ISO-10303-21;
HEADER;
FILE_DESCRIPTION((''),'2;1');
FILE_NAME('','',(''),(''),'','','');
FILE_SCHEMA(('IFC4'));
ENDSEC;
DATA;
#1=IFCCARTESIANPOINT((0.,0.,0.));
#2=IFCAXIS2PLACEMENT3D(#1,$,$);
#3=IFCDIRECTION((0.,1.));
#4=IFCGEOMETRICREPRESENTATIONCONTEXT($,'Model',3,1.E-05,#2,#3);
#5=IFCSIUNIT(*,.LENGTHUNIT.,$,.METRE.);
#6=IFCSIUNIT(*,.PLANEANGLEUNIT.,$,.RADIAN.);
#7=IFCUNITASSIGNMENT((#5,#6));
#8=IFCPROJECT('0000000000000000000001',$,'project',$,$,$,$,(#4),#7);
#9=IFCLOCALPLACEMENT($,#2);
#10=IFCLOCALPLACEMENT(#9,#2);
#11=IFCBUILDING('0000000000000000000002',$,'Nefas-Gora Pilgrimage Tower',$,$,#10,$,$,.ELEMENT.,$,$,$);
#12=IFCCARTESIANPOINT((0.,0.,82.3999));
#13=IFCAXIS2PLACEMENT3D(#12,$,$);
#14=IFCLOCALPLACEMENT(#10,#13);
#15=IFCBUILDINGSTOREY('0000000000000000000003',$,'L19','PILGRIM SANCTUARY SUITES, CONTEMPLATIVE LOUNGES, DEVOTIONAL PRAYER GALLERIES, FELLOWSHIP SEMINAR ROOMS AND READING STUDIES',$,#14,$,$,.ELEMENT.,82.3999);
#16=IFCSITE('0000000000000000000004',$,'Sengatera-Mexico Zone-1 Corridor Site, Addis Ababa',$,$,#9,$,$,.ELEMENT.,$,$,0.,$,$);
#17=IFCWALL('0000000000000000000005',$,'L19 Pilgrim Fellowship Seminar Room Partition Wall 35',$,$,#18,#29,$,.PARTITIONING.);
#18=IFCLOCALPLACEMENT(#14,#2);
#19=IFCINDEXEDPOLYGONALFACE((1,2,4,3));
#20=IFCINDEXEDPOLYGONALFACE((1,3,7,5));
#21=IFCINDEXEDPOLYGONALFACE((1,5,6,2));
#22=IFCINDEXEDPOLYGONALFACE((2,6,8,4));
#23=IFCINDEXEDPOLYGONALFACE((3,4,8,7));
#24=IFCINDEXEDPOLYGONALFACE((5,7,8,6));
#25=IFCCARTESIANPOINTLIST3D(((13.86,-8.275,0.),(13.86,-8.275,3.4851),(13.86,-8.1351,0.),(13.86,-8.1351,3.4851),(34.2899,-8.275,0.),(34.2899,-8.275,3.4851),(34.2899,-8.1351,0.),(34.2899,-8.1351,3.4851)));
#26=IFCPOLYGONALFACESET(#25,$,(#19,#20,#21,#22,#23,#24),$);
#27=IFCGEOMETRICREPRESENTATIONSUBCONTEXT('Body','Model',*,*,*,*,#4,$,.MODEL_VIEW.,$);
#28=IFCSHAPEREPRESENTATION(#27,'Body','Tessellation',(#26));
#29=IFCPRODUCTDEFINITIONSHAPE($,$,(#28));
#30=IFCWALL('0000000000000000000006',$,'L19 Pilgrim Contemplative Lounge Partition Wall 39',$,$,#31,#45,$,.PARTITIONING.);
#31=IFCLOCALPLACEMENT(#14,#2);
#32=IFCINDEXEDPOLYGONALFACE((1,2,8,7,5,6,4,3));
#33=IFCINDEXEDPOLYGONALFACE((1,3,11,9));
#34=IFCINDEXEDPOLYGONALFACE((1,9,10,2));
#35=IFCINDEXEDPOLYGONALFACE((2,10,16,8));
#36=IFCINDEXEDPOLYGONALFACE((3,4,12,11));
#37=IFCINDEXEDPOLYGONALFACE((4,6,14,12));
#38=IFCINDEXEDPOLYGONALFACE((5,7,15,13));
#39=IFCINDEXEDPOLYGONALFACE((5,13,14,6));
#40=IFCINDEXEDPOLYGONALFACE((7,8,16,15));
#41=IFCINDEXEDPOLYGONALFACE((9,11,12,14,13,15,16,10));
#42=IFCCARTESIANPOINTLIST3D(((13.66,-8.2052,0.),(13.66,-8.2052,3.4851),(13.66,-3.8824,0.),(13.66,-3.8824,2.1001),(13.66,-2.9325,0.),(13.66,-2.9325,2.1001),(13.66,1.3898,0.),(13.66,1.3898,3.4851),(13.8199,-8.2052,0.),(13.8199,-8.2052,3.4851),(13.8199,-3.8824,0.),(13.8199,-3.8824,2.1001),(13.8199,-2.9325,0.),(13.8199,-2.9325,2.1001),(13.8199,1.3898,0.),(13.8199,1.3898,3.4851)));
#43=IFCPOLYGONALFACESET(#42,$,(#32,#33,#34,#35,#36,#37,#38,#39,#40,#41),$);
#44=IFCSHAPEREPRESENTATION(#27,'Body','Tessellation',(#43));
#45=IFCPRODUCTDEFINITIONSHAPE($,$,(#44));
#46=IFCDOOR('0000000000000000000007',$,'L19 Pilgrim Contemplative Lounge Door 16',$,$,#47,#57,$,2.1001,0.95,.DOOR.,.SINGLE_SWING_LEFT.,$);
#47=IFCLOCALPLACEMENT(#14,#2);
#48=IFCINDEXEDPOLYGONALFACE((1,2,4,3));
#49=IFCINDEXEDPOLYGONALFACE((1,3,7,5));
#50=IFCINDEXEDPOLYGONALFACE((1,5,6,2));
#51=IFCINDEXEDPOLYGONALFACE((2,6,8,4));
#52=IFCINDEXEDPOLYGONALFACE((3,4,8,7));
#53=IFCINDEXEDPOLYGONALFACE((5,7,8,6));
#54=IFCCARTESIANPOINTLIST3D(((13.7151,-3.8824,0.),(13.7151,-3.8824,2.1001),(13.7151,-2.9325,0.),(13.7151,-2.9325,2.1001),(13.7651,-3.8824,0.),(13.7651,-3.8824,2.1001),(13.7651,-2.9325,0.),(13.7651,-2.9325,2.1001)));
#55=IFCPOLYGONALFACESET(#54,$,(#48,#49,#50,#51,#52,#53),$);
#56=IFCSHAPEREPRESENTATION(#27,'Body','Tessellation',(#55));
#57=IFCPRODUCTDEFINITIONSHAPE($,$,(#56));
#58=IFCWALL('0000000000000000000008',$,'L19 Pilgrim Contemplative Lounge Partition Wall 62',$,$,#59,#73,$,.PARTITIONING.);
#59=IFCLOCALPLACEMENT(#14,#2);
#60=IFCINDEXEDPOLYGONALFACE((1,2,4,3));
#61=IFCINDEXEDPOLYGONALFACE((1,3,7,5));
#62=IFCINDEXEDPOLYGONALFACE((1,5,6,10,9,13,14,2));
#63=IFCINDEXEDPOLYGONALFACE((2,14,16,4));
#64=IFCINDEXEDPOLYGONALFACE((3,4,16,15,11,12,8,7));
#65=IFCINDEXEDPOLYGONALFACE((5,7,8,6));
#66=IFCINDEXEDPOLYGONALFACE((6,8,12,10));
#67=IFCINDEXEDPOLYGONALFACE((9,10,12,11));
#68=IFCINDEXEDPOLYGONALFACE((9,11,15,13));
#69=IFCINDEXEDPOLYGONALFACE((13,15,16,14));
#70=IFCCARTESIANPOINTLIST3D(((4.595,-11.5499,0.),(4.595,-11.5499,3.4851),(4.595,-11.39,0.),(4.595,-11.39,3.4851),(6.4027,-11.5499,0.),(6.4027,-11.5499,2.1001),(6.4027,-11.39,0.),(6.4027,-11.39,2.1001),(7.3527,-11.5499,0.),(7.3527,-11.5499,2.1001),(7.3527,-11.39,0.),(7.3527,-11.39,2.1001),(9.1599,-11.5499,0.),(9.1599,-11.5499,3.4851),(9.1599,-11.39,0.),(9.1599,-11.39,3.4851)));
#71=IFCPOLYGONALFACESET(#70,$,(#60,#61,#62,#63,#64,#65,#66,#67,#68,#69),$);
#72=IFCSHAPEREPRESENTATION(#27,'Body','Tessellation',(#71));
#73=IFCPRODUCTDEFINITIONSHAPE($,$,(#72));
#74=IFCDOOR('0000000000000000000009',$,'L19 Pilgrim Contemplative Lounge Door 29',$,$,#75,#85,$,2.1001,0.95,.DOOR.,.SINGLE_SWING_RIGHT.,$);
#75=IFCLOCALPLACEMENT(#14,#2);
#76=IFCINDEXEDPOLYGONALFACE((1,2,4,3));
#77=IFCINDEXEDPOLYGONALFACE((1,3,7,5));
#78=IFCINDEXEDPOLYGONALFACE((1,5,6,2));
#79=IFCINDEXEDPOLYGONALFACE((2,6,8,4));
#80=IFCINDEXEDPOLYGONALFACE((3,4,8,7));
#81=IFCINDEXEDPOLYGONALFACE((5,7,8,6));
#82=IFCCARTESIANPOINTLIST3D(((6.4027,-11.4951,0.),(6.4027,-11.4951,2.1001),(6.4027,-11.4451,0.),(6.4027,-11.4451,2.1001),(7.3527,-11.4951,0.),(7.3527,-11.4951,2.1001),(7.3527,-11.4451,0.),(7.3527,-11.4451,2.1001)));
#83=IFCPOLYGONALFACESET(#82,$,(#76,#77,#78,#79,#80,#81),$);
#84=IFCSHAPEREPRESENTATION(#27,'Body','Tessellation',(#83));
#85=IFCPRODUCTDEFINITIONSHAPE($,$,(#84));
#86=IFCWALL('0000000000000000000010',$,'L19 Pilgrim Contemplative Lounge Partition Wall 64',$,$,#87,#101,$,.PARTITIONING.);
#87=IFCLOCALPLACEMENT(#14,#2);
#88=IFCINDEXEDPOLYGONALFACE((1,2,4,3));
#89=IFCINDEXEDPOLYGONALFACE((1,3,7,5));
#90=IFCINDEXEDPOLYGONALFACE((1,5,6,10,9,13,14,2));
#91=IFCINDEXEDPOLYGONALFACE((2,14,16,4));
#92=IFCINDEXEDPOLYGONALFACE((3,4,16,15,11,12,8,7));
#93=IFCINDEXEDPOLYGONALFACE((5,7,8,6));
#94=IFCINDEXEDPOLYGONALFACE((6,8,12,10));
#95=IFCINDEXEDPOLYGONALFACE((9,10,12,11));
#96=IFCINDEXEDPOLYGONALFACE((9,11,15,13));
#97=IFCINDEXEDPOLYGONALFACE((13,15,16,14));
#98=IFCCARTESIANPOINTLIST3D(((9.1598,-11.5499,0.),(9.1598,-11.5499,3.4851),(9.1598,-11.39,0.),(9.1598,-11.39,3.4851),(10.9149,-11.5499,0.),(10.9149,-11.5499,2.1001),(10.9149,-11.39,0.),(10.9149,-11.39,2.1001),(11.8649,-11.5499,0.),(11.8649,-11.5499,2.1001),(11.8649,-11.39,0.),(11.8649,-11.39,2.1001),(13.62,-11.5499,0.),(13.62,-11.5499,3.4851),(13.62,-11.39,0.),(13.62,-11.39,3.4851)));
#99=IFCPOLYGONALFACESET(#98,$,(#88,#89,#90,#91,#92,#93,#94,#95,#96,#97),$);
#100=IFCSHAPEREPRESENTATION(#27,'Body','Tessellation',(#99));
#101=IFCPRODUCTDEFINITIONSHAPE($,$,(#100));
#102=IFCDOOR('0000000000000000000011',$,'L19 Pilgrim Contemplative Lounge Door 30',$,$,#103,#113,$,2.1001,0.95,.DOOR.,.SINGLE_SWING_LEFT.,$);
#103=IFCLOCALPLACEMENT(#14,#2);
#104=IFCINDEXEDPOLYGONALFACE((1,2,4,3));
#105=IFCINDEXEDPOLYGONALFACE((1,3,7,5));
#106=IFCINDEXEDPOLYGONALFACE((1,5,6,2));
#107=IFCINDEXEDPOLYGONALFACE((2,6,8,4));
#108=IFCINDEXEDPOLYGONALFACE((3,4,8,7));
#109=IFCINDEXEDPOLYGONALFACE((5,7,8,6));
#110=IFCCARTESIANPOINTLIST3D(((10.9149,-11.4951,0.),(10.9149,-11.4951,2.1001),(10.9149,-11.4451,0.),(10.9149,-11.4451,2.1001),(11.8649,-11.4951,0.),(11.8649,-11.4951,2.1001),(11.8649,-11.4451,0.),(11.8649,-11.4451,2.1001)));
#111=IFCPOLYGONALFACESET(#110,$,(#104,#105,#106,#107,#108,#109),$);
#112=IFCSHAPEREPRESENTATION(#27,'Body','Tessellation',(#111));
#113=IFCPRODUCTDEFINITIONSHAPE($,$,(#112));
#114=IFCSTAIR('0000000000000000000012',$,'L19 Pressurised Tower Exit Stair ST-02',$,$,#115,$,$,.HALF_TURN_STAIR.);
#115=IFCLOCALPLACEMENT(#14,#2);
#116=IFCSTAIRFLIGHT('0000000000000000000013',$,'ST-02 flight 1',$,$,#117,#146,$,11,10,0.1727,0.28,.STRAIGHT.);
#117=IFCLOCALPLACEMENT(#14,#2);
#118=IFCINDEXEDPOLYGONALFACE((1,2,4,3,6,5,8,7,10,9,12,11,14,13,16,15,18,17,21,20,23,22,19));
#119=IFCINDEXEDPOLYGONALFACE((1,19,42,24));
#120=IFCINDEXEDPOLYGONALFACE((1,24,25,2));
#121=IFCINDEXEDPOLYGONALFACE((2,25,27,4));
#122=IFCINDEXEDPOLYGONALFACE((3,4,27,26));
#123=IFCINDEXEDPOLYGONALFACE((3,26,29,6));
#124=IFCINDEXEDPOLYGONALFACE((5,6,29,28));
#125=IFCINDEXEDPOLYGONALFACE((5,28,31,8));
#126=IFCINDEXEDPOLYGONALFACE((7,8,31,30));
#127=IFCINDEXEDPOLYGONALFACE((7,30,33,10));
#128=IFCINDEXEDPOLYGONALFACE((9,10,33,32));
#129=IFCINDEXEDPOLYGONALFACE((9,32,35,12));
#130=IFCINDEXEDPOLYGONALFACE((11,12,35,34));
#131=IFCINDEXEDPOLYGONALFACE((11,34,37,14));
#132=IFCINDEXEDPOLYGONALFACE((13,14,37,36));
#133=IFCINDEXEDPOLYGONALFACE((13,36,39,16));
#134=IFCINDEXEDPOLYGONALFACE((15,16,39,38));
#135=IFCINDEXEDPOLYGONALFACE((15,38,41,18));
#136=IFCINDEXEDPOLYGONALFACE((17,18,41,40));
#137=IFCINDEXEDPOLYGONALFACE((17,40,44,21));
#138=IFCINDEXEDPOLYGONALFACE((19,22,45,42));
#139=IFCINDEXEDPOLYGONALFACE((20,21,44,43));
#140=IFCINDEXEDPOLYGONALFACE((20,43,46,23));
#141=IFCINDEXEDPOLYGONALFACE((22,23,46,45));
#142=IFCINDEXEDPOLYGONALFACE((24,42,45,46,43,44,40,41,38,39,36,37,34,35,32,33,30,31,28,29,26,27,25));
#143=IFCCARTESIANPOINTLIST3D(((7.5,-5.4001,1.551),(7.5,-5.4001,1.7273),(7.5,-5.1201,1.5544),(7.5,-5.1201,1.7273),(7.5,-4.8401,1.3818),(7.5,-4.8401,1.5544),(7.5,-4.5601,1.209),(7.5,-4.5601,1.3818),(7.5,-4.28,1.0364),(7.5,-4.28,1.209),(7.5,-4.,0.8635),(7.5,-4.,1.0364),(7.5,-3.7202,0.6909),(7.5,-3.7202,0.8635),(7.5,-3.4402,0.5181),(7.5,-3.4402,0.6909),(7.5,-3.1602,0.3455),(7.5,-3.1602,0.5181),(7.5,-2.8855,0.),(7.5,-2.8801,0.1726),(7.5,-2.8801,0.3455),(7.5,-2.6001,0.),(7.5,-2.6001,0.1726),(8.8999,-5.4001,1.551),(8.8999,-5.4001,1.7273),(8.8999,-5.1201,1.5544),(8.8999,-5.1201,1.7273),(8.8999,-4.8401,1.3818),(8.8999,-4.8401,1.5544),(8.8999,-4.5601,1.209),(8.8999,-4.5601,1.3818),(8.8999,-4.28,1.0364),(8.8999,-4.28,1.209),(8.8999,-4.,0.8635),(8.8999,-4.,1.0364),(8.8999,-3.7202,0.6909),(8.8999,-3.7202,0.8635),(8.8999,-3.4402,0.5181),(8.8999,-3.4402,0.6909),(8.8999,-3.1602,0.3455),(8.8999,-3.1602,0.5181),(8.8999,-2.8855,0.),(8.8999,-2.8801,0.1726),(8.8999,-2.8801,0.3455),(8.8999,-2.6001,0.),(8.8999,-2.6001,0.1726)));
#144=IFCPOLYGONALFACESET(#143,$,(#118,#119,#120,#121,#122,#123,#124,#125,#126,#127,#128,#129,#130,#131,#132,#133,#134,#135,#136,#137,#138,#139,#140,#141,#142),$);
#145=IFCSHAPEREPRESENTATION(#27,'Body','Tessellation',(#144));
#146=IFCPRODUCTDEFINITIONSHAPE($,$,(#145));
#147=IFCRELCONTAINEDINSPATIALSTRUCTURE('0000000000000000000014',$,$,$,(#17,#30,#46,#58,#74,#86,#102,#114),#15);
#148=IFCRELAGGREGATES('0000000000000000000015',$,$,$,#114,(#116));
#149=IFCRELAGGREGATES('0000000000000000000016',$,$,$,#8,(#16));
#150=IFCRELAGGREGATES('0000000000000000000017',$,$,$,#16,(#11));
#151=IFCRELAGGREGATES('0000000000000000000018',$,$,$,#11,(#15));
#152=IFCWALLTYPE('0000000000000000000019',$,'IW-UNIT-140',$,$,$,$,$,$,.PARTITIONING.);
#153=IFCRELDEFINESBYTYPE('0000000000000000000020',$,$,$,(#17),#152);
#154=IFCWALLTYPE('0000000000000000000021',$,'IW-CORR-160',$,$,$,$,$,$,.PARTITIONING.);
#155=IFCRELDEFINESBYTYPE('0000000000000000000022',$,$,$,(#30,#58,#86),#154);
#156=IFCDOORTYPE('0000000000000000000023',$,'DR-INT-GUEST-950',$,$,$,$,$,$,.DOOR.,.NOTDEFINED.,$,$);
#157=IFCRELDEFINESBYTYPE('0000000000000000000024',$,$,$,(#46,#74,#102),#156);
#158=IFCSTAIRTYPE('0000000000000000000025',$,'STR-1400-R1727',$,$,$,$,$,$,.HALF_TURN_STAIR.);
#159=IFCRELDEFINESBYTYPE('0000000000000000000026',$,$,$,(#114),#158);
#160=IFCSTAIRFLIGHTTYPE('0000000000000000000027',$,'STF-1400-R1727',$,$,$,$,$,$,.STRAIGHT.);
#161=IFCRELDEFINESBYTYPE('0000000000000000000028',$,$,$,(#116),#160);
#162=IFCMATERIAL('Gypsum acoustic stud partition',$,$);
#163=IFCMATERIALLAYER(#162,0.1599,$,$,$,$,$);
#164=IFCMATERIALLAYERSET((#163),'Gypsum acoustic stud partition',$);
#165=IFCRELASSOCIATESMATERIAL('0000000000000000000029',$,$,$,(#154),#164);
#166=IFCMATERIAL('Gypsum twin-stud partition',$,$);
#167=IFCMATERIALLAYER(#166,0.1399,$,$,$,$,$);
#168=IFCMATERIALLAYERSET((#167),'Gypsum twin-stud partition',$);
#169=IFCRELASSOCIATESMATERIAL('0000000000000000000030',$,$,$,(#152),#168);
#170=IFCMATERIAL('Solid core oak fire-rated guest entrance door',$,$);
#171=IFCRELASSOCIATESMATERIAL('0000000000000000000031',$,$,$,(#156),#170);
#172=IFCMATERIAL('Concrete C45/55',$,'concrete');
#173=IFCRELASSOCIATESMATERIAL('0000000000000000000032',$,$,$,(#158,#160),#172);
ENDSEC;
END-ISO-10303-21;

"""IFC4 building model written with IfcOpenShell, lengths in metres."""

from ifc_helpers import new_model, si_unit, direction, frame, frame_2d, origin, place, context, subcontext, project, spatial, polyline, rectangle, outline, extrude, source, transform, mapped, material, layer, layer_set, type_object, element, fill, aggregate, save


model = new_model("IFC4")

# Units and contexts
model_context = context("Model", 3, precision=1e-05, world=origin(), true_north=direction((0.0, 1.0)))
body_context = subcontext(model_context, "Body", "Model", "MODEL_VIEW")
ifc_project = project(units=[si_unit("LENGTHUNIT", "METRE"), si_unit("PLANEANGLEUNIT", "RADIAN")], contexts=[model_context])

# Site, building, storey
site_placement = place(None, origin())
site = spatial("IfcSite", under=ifc_project, at=site_placement, Name="Sengatera-Mexico Zone-1 Corridor Site, Addis Ababa", CompositionType="ELEMENT", RefElevation=0.0)
building_placement = place(site_placement, origin())
building = spatial("IfcBuilding", under=site, at=building_placement, Name="Nefas-Gora Pilgrimage Tower", CompositionType="ELEMENT")
storey_placement = place(building_placement, frame((0.0, 0.0, 82.3999)))
storey = spatial("IfcBuildingStorey", under=building, at=storey_placement, Name="L19", Description="PILGRIM SANCTUARY SUITES, CONTEMPLATIVE LOUNGES, DEVOTIONAL PRAYER GALLERIES, FELLOWSHIP SEMINAR ROOMS AND READING STUDIES", CompositionType="ELEMENT", Elevation=82.3999)

# Shared definitions
ifc_material_1 = material(Name="Concrete C45/55", Category="concrete")

# Shared definitions
ifc_material_2 = material(Name="Gypsum acoustic stud partition")
ifc_layer_1 = layer(ifc_material_2, 0.1599)
ifc_layer_set_1 = layer_set([ifc_layer_1], Name="Gypsum acoustic stud partition")
wall_type_1 = type_object("IfcWallType", Name="IW-CORR-160", PredefinedType="PARTITIONING", material=ifc_layer_set_1)
ifc_material_3 = material(Name="Gypsum twin-stud partition")
ifc_layer_2 = layer(ifc_material_3, 0.1399)
ifc_layer_set_2 = layer_set([ifc_layer_2], Name="Gypsum twin-stud partition")
wall_type_2 = type_object("IfcWallType", Name="IW-UNIT-140", PredefinedType="PARTITIONING", material=ifc_layer_set_2)

# Wall
shared_shape_1 = source(origin(), body_context, "Body", "SweptSolid", [
    extrude(rectangle(XDim=20.4299, YDim=0.1399, at=frame_2d((10.2148, 0.0))), origin(), (0.0, 0.0, 1.0), 3.4851),
])
wall_1_placement = place(storey_placement, frame((13.8601, -8.2051, 0.0), z_axis=(0.0, 0.0, 1.0), x_axis=(1.0, 0.0, 0.0)))
element("IfcWall", 1, at=wall_1_placement, inside=storey, type_object=wall_type_2, Name="L19 Pilgrim Fellowship Seminar Room Partition Wall 35", PredefinedType="PARTITIONING", context=body_context, shape_type="MappedRepresentation", body=[
    mapped(shared_shape_1, transform((0.0, 0.0, 0.0), x_axis=(1.0, 0.0, 0.0), y_axis=(0.0, 1.0, 0.0), z_axis=(0.0, 0.0, 1.0), scale=1.0)),
])

# Walls, openings, doors
shared_shape_2 = source(origin(), body_context, "Body", "SweptSolid", [
    extrude(rectangle(XDim=9.595, YDim=0.1599, at=frame_2d((4.7974, 0.0))), origin(), (0.0, 0.0, 1.0), 3.4851),
])
wall_2_placement = place(storey_placement, frame((13.74, -8.2051, 0.0), z_axis=(0.0, 0.0, 1.0), x_axis=(0.0, 1.0, 0.0)))
wall_2 = element("IfcWall", 2, at=wall_2_placement, inside=storey, type_object=wall_type_1, Name="L19 Pilgrim Contemplative Lounge Partition Wall 39", PredefinedType="PARTITIONING", context=body_context, shape_type="MappedRepresentation", body=[
    mapped(shared_shape_2, transform((0.0, 0.0, 0.0), x_axis=(1.0, 0.0, 0.0), y_axis=(0.0, 1.0, 0.0), z_axis=(0.0, 0.0, 1.0), scale=1.0)),
])
opening_1_placement = place(wall_2_placement, frame((4.3225, 0.0, 0.0)))
opening_1 = element("IfcOpeningElement", 3, at=opening_1_placement, cuts=wall_2, PredefinedType="OPENING", context=body_context, shape_type="SweptSolid", body=[
    extrude(rectangle(XDim=0.95, YDim=2.1001, at=frame_2d((0.4751, 1.05))), frame((0.0, 0.0898, 0.0), z_axis=(0.0, -1.0, 0.0), x_axis=(1.0, 0.0, 0.0)), (0.0, 0.0, 1.0), 0.1799),
])
ifc_material_4 = material(Name="Solid core oak fire-rated guest entrance door")
door_type_1 = type_object("IfcDoorType", Name="DR-INT-GUEST-950", OperationType="NOTDEFINED", PredefinedType="DOOR", material=ifc_material_4)
shared_shape_3 = source(origin(), body_context, "Body", "SweptSolid", [
    extrude(rectangle(XDim=0.95, YDim=2.1001, at=frame_2d((0.4751, 1.05))), frame((0.0, 0.0249, 0.0), z_axis=(0.0, -1.0, 0.0), x_axis=(1.0, 0.0, 0.0)), (0.0, 0.0, 1.0), 0.05),
])
door_1_placement = place(opening_1_placement, origin())
door_1 = element("IfcDoor", 4, at=door_1_placement, inside=storey, type_object=door_type_1, Name="L19 Pilgrim Contemplative Lounge Door 16", OperationType="SINGLE_SWING_LEFT", OverallHeight=2.1001, OverallWidth=0.95, PredefinedType="DOOR", context=body_context, shape_type="MappedRepresentation", body=[
    mapped(shared_shape_3, transform((0.0, 0.0, 0.0), x_axis=(1.0, 0.0, 0.0), y_axis=(0.0, 1.0, 0.0), z_axis=(0.0, 0.0, 1.0), scale=1.0)),
])
fill(opening_1, door_1)
shared_shape_4 = source(origin(), body_context, "Body", "SweptSolid", [
    extrude(rectangle(XDim=4.5649, YDim=0.1599, at=frame_2d((2.2825, 0.0))), origin(), (0.0, 0.0, 1.0), 3.4851),
])
wall_3_placement = place(storey_placement, frame((4.595, -11.47, 0.0), z_axis=(0.0, 0.0, 1.0), x_axis=(1.0, 0.0, 0.0)))
wall_3 = element("IfcWall", 5, at=wall_3_placement, inside=storey, type_object=wall_type_1, Name="L19 Pilgrim Contemplative Lounge Partition Wall 62", PredefinedType="PARTITIONING", context=body_context, shape_type="MappedRepresentation", body=[
    mapped(shared_shape_4, transform((0.0, 0.0, 0.0), x_axis=(1.0, 0.0, 0.0), y_axis=(0.0, 1.0, 0.0), z_axis=(0.0, 0.0, 1.0), scale=1.0)),
])
opening_2_placement = place(wall_3_placement, frame((1.8076, 0.0, 0.0)))
opening_2 = element("IfcOpeningElement", 6, at=opening_2_placement, cuts=wall_3, PredefinedType="OPENING", context=body_context, shape_type="SweptSolid", body=[
    extrude(rectangle(XDim=0.95, YDim=2.1001, at=frame_2d((0.4751, 1.05))), frame((0.0, 0.0898, 0.0), z_axis=(0.0, -1.0, 0.0), x_axis=(1.0, 0.0, 0.0)), (0.0, 0.0, 1.0), 0.1799),
])
door_2_placement = place(opening_2_placement, origin())
door_2 = element("IfcDoor", 7, at=door_2_placement, inside=storey, type_object=door_type_1, Name="L19 Pilgrim Contemplative Lounge Door 29", OperationType="SINGLE_SWING_RIGHT", OverallHeight=2.1001, OverallWidth=0.95, PredefinedType="DOOR", context=body_context, shape_type="MappedRepresentation", body=[
    mapped(shared_shape_3, transform((0.0, 0.0, 0.0), x_axis=(1.0, 0.0, 0.0), y_axis=(0.0, 1.0, 0.0), z_axis=(0.0, 0.0, 1.0), scale=1.0)),
])
fill(opening_2, door_2)
shared_shape_5 = source(origin(), body_context, "Body", "SweptSolid", [
    extrude(rectangle(XDim=4.4602, YDim=0.1599, at=frame_2d((2.23, 0.0))), origin(), (0.0, 0.0, 1.0), 3.4851),
])
wall_4_placement = place(storey_placement, frame((9.1599, -11.47, 0.0), z_axis=(0.0, 0.0, 1.0), x_axis=(1.0, 0.0, 0.0)))
wall_4 = element("IfcWall", 8, at=wall_4_placement, inside=storey, type_object=wall_type_1, Name="L19 Pilgrim Contemplative Lounge Partition Wall 64", PredefinedType="PARTITIONING", context=body_context, shape_type="MappedRepresentation", body=[
    mapped(shared_shape_5, transform((0.0, 0.0, 0.0), x_axis=(1.0, 0.0, 0.0), y_axis=(0.0, 1.0, 0.0), z_axis=(0.0, 0.0, 1.0), scale=1.0)),
])
opening_3_placement = place(wall_4_placement, frame((1.7549, 0.0, 0.0)))
opening_3 = element("IfcOpeningElement", 9, at=opening_3_placement, cuts=wall_4, PredefinedType="OPENING", context=body_context, shape_type="SweptSolid", body=[
    extrude(rectangle(XDim=0.95, YDim=2.1001, at=frame_2d((0.4751, 1.05))), frame((0.0, 0.0898, 0.0), z_axis=(0.0, -1.0, 0.0), x_axis=(1.0, 0.0, 0.0)), (0.0, 0.0, 1.0), 0.1799),
])
door_3_placement = place(opening_3_placement, origin())
door_3 = element("IfcDoor", 10, at=door_3_placement, inside=storey, type_object=door_type_1, Name="L19 Pilgrim Contemplative Lounge Door 30", OperationType="SINGLE_SWING_LEFT", OverallHeight=2.1001, OverallWidth=0.95, PredefinedType="DOOR", context=body_context, shape_type="MappedRepresentation", body=[
    mapped(shared_shape_3, transform((0.0, 0.0, 0.0), x_axis=(1.0, 0.0, 0.0), y_axis=(0.0, 1.0, 0.0), z_axis=(0.0, 0.0, 1.0), scale=1.0)),
])
fill(opening_3, door_3)

# Stair, stair flight
stair_type = type_object("IfcStairType", Name="STR-1400-R1727", PredefinedType="HALF_TURN_STAIR", material=ifc_material_1)
stair_placement = place(storey_placement, origin())
stair = element("IfcStair", 11, at=stair_placement, inside=storey, type_object=stair_type, Name="L19 Pressurised Tower Exit Stair ST-02", PredefinedType="HALF_TURN_STAIR")
stair_flight_type = type_object("IfcStairFlightType", Name="STF-1400-R1727", PredefinedType="STRAIGHT", material=ifc_material_1)
shared_shape_6 = source(origin(), body_context, "Body", "SweptSolid", [
    extrude(outline(polyline([(0.0, 0.0), (0.0, 0.1726), (0.28, 0.1726), (0.28, 0.3455), (0.5601, 0.3455), (0.5601, 0.5181), (0.8401, 0.5181), (0.8401, 0.6909), (1.1201, 0.6909), (1.1201, 0.8635), (1.3999, 0.8635), (1.3999, 1.0364), (1.6799, 1.0364), (1.6799, 1.209), (1.96, 1.209), (1.96, 1.3818), (2.24, 1.3818), (2.24, 1.5544), (2.52, 1.5544), (2.52, 1.7273), (2.8, 1.7273), (2.8, 1.8999), (2.8, 1.551), (0.2854, 0.0), (0.0, 0.0)])), frame((0.0, 0.7, 0.0), z_axis=(0.0, -1.0, 0.0), x_axis=(1.0, 0.0, 0.0)), (0.0, 0.0, 1.0), 1.3999),
])
stair_flight_1_placement = place(storey_placement, frame((8.2, -2.6001, 0.0), z_axis=(0.0, 0.0, 1.0), x_axis=(0.0, -1.0, 0.0)))
stair_flight_1 = element("IfcStairFlight", 12, at=stair_flight_1_placement, type_object=stair_flight_type, Name="ST-02 flight 1", NumberOfRisers=11, NumberOfTreads=10, PredefinedType="STRAIGHT", RiserHeight=0.1727, TreadLength=0.28, context=body_context, shape_type="MappedRepresentation", body=[
    mapped(shared_shape_6, transform((0.0, 0.0, 0.0), x_axis=(1.0, 0.0, 0.0), y_axis=(0.0, 1.0, 0.0), z_axis=(0.0, 0.0, 1.0), scale=1.0)),
])
aggregate(stair, [stair_flight_1])

save(model, "model.ifc")
